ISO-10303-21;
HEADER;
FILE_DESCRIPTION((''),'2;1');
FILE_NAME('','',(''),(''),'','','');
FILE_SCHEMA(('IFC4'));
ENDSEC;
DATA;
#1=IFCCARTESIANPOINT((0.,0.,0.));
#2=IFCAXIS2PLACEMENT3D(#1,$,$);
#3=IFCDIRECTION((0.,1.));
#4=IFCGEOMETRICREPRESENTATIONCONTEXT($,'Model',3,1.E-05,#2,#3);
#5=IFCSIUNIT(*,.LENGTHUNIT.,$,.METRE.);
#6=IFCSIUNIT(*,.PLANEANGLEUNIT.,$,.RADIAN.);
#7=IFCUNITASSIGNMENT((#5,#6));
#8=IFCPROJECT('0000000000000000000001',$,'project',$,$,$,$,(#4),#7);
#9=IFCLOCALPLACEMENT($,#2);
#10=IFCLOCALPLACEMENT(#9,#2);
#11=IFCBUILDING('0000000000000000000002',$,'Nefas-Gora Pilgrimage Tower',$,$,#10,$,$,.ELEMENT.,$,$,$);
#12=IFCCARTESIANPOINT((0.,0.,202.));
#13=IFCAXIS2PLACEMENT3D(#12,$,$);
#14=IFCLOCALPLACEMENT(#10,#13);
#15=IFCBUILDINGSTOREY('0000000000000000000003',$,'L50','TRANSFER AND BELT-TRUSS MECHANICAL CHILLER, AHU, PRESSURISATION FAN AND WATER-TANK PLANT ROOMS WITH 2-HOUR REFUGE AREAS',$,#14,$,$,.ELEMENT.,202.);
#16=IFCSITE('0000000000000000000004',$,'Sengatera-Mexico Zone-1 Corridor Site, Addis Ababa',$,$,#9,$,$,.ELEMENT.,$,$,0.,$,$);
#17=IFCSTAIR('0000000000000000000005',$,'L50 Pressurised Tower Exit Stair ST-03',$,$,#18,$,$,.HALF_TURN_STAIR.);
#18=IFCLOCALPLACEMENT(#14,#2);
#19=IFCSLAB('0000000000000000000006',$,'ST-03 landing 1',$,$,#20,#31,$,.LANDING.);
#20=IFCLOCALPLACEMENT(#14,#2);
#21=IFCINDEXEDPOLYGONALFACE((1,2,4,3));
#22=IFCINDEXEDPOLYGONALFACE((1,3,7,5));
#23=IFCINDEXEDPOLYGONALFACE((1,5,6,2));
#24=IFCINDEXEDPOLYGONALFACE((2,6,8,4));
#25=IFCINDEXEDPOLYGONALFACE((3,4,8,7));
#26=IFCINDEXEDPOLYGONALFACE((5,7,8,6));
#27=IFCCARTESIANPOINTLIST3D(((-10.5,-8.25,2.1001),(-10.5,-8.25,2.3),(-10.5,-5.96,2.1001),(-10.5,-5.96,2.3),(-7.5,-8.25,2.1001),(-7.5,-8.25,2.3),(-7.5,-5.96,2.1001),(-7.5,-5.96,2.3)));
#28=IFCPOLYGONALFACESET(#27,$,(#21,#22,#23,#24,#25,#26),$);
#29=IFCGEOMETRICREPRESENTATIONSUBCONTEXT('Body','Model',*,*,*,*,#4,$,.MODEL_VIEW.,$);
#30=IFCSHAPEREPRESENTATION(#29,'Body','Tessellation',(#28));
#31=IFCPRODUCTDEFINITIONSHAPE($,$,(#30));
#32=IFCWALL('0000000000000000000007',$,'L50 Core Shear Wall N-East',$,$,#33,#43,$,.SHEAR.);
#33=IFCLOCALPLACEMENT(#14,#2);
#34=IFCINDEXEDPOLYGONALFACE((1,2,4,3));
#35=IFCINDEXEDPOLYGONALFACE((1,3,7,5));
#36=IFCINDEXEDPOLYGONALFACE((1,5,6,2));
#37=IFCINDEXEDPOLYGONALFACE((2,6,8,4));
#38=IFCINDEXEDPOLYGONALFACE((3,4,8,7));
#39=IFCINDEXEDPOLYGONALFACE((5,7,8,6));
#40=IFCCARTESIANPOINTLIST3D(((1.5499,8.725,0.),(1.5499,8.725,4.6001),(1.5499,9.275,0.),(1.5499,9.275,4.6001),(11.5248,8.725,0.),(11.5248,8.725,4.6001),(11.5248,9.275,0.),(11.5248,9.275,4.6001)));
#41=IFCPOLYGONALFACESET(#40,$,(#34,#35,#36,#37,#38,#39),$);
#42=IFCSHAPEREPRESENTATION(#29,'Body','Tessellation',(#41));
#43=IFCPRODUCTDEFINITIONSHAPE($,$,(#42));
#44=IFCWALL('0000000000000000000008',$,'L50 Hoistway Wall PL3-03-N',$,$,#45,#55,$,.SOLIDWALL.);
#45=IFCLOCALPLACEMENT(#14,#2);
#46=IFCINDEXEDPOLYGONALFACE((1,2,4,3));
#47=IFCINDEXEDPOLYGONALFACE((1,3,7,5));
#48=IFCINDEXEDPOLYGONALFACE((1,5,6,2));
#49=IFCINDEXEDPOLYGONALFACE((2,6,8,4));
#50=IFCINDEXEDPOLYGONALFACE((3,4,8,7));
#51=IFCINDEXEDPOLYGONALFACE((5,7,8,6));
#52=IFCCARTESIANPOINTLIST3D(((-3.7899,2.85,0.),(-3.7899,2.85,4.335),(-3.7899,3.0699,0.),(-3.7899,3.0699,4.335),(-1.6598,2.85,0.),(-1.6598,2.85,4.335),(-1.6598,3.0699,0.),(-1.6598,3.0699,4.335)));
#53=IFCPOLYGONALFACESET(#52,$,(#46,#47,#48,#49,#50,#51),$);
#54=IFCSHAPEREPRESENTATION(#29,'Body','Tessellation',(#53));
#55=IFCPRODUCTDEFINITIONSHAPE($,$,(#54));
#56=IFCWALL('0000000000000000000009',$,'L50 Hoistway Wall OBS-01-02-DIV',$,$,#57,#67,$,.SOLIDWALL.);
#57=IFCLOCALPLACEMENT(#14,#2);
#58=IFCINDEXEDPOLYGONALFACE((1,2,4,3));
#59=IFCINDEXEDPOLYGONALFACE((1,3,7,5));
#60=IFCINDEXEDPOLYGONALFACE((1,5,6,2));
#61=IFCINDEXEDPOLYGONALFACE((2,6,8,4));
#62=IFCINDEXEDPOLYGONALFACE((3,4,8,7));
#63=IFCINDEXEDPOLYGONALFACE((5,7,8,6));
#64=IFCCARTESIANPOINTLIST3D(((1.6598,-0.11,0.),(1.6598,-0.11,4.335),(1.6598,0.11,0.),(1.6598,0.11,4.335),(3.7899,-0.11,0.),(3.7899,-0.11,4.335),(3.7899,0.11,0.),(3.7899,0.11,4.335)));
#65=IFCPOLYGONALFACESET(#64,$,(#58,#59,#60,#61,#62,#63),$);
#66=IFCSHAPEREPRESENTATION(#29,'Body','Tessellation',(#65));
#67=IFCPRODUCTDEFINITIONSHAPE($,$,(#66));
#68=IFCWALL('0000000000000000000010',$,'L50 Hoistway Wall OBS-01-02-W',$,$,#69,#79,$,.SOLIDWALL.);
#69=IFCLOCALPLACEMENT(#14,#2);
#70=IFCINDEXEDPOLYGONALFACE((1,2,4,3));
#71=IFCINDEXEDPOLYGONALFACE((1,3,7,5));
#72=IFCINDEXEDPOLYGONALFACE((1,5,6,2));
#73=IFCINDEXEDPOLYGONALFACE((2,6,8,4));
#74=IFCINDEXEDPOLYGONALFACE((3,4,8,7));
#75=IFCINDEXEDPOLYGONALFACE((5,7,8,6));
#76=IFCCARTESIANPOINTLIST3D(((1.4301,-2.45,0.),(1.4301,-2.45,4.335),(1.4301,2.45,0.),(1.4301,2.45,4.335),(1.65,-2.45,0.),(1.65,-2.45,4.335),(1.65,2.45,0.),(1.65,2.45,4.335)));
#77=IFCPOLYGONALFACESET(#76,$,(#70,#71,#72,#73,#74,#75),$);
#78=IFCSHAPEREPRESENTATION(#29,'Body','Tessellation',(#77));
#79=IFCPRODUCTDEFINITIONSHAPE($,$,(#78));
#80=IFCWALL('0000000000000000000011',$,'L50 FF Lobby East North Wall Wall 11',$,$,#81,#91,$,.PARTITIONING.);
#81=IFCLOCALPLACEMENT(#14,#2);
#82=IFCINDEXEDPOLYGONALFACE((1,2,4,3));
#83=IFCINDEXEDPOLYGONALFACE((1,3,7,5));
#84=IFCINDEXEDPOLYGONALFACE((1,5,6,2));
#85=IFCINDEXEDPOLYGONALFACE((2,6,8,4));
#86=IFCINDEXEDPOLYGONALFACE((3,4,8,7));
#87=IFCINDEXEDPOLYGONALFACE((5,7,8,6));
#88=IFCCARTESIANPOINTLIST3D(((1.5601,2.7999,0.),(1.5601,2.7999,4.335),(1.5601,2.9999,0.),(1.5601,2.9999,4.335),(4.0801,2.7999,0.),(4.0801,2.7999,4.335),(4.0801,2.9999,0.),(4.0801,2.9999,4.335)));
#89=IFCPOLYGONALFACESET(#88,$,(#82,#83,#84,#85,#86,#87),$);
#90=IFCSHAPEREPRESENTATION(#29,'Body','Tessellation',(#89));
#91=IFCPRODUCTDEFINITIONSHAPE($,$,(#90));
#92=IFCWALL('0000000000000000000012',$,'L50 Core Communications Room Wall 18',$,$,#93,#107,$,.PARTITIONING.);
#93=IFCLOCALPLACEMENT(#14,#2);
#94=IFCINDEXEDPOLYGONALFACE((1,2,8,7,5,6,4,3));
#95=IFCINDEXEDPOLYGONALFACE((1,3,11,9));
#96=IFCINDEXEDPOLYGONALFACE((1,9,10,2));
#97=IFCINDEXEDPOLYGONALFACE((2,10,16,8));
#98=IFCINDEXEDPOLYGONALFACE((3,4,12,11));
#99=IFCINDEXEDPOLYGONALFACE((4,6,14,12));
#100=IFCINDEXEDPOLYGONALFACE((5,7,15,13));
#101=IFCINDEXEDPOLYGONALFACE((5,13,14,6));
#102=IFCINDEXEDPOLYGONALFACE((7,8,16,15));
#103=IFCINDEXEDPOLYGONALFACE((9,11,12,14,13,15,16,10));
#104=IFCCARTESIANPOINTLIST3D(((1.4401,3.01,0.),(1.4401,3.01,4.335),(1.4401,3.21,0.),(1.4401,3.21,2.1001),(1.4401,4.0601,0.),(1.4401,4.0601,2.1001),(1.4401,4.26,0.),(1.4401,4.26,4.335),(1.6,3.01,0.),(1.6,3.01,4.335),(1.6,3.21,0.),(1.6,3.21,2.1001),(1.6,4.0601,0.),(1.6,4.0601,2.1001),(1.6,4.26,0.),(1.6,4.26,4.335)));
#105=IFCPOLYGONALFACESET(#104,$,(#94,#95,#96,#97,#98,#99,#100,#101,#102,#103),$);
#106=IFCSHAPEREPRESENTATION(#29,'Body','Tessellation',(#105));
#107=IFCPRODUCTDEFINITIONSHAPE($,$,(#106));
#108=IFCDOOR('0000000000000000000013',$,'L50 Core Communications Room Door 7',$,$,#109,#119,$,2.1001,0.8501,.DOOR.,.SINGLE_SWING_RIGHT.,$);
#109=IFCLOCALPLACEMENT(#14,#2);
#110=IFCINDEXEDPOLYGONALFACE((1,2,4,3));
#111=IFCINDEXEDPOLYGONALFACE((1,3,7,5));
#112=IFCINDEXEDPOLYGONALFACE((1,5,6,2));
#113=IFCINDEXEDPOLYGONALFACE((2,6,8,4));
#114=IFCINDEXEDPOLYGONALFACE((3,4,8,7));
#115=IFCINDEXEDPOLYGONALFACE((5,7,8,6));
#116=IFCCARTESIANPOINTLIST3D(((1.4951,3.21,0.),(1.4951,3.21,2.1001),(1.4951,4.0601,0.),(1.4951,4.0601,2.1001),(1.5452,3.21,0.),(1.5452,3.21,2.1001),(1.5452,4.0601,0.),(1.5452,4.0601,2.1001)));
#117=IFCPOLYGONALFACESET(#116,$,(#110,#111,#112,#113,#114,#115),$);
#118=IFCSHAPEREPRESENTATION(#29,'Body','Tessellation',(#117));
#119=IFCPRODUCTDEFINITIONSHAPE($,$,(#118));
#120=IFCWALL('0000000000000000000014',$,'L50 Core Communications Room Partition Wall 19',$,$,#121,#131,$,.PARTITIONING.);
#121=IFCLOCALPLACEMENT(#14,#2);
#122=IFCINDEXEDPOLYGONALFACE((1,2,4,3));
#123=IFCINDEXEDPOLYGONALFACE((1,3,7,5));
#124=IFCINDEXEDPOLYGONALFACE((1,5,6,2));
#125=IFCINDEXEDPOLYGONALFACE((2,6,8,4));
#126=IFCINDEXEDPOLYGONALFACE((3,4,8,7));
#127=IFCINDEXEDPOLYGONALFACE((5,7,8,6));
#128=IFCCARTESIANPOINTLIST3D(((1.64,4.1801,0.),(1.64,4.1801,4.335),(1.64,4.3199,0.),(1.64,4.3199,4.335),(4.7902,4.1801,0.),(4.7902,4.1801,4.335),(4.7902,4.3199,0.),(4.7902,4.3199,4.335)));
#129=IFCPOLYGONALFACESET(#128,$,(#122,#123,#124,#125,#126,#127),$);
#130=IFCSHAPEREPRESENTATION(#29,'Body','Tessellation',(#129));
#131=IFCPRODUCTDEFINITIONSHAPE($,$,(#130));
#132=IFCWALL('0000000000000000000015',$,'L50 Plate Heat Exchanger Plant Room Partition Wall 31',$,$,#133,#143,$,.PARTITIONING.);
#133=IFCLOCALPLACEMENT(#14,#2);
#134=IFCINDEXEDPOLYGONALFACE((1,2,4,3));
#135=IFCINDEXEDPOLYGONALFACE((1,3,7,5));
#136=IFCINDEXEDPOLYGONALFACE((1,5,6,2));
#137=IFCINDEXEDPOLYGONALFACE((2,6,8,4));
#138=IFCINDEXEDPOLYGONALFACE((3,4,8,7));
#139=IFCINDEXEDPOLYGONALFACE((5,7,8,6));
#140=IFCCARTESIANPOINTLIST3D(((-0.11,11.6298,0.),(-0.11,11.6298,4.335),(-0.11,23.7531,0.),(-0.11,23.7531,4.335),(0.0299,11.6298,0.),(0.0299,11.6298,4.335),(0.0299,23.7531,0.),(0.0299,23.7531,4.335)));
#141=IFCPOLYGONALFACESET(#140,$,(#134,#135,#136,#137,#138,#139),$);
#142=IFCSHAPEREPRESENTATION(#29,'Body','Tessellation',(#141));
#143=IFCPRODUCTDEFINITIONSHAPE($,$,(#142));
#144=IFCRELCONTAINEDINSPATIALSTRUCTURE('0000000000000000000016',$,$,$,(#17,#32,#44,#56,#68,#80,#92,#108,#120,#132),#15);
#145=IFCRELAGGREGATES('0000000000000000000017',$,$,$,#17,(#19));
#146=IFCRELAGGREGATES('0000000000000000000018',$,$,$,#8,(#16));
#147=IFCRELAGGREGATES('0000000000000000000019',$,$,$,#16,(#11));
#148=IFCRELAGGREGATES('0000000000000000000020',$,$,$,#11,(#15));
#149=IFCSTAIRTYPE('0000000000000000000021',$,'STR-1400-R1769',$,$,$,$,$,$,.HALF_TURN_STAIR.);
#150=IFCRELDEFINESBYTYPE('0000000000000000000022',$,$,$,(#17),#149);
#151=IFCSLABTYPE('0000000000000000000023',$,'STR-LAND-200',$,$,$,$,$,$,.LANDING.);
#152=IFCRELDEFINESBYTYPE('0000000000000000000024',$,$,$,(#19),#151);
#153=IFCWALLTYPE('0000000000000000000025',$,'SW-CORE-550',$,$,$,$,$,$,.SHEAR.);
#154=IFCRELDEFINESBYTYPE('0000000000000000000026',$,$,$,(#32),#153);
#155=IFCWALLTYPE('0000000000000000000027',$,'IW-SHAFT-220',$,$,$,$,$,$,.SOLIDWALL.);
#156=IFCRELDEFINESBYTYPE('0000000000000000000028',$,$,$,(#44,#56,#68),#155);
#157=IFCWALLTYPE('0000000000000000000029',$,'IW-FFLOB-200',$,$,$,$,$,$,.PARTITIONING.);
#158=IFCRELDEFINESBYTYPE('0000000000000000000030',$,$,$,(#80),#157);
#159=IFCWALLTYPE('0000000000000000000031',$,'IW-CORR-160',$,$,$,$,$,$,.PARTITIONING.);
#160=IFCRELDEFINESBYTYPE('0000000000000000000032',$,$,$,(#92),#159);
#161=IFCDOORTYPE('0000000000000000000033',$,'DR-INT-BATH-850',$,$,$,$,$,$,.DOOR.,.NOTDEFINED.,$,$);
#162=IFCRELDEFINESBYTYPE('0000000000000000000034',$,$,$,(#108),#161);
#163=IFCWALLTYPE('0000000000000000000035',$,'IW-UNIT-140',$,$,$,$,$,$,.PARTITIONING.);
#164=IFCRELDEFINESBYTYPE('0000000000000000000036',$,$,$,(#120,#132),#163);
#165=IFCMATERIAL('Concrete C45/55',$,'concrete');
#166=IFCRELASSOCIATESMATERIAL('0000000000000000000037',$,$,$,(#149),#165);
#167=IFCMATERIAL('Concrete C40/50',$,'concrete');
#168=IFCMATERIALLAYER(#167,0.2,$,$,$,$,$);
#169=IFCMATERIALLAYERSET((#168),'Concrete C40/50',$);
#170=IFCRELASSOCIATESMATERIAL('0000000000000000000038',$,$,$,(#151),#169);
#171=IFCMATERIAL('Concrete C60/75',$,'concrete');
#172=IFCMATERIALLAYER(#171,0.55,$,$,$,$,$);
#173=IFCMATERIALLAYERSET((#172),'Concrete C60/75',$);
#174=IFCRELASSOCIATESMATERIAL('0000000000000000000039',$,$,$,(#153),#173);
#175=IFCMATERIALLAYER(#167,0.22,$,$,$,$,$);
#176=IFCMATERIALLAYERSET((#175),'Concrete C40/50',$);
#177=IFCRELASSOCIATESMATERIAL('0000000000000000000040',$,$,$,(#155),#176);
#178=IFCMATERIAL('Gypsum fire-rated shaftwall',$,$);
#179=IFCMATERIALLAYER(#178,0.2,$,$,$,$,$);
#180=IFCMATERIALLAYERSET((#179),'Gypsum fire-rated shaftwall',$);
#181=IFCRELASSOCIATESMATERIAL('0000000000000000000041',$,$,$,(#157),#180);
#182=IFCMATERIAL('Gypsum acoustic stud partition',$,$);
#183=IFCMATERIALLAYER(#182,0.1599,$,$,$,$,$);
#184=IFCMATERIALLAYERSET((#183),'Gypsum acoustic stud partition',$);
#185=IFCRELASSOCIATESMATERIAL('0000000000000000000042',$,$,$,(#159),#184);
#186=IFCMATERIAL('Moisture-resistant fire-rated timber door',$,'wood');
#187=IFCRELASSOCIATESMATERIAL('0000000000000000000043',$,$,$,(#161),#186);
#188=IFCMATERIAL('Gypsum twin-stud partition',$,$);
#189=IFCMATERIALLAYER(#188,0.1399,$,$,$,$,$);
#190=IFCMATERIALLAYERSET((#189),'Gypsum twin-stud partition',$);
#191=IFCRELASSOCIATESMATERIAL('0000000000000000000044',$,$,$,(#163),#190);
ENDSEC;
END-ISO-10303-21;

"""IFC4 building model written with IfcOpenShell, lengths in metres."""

from ifc_helpers import new_model, si_unit, direction, frame, frame_2d, origin, place, context, subcontext, project, spatial, polyline, rectangle, outline, extrude, source, transform, mapped, material, layer, layer_set, type_object, element, fill, aggregate, save


model = new_model("IFC4")

# Units and contexts
model_context = context("Model", 3, precision=1e-05, world=origin(), true_north=direction((0.0, 1.0)))
body_context = subcontext(model_context, "Body", "Model", "MODEL_VIEW")
ifc_project = project(units=[si_unit("LENGTHUNIT", "METRE"), si_unit("PLANEANGLEUNIT", "RADIAN")], contexts=[model_context])

# Site, building, storey
site_placement = place(None, origin())
site = spatial("IfcSite", under=ifc_project, at=site_placement, Name="Sengatera-Mexico Zone-1 Corridor Site, Addis Ababa", CompositionType="ELEMENT", RefElevation=0.0)
building_placement = place(site_placement, origin())
building = spatial("IfcBuilding", under=site, at=building_placement, Name="Nefas-Gora Pilgrimage Tower", CompositionType="ELEMENT")
storey_placement = place(building_placement, frame((0.0, 0.0, 202.0)))
storey = spatial("IfcBuildingStorey", under=building, at=storey_placement, Name="L50", Description="TRANSFER AND BELT-TRUSS MECHANICAL CHILLER, AHU, PRESSURISATION FAN AND WATER-TANK PLANT ROOMS WITH 2-HOUR REFUGE AREAS", CompositionType="ELEMENT", Elevation=202.0)

# Shared definitions
ifc_material_1 = material(Name="Concrete C60/75", Category="concrete")

# Shared definitions
ifc_material_2 = material(Name="Concrete C45/55", Category="concrete")

# Stair, slab
stair_type = type_object("IfcStairType", Name="STR-1400-R1769", PredefinedType="HALF_TURN_STAIR", material=ifc_material_2)
ifc_material_3 = material(Name="Concrete C40/50", Category="concrete")
ifc_layer_1 = layer(ifc_material_3, 0.2)
ifc_layer_set_1 = layer_set([ifc_layer_1], Name="Concrete C40/50")
slab_type_1 = type_object("IfcSlabType", Name="STR-LAND-200", PredefinedType="LANDING", material=ifc_layer_set_1)
stair_1_placement = place(storey_placement, origin())
stair_1 = element("IfcStair", 1, at=stair_1_placement, inside=storey, type_object=stair_type, Name="L50 Pressurised Tower Exit Stair ST-03", PredefinedType="HALF_TURN_STAIR")
slab_1_placement = place(storey_placement, frame((0.0, 0.0, 2.1001)))
slab_1 = element("IfcSlab", 2, at=slab_1_placement, type_object=slab_type_1, Name="ST-03 landing 1", PredefinedType="LANDING", context=body_context, shape_type="SweptSolid", body=[
    extrude(outline(polyline([(-10.5, -5.96), (-10.5, -8.25), (-7.5, -8.25), (-7.5, -5.96), (-10.5, -5.96)])), origin(), (0.0, 0.0, 1.0), 0.2),
])
aggregate(stair_1, [slab_1])

# Walls
ifc_layer_2 = layer(ifc_material_1, 0.55)
ifc_layer_set_2 = layer_set([ifc_layer_2], Name="Concrete C60/75")
wall_type_1 = type_object("IfcWallType", Name="SW-CORE-550", PredefinedType="SHEAR", material=ifc_layer_set_2)
shared_shape_1 = source(origin(), body_context, "Body", "SweptSolid", [
    extrude(rectangle(XDim=9.9749, YDim=0.55, at=frame_2d((4.9873, 0.0))), origin(), (0.0, 0.0, 1.0), 4.6001),
])
wall_1_placement = place(storey_placement, frame((1.55, 9.0, 0.0), z_axis=(0.0, 0.0, 1.0), x_axis=(1.0, 0.0, 0.0)))
element("IfcWall", 3, at=wall_1_placement, inside=storey, type_object=wall_type_1, Name="L50 Core Shear Wall N-East", PredefinedType="SHEAR", context=body_context, shape_type="MappedRepresentation", body=[
    mapped(shared_shape_1, transform((0.0, 0.0, 0.0), x_axis=(1.0, 0.0, 0.0), y_axis=(0.0, 1.0, 0.0), z_axis=(0.0, 0.0, 1.0), scale=1.0)),
])
ifc_layer_3 = layer(ifc_material_3, 0.22)
ifc_layer_set_3 = layer_set([ifc_layer_3], Name="Concrete C40/50")
wall_type_2 = type_object("IfcWallType", Name="IW-SHAFT-220", PredefinedType="SOLIDWALL", material=ifc_layer_set_3)
shared_shape_2 = source(origin(), body_context, "Body", "SweptSolid", [
    extrude(rectangle(XDim=2.1301, YDim=0.22, at=frame_2d((1.0649, 0.0))), origin(), (0.0, 0.0, 1.0), 4.335),
])
for number, where, z_axis, x_axis, name in (
    (4, (-1.6599, 2.96, 0.0), (0.0, 0.0, 1.0), (-1.0, 0.0, 0.0), "L50 Hoistway Wall PL3-03-N"),
    (5, (1.6599, 0.0, 0.0), (0.0, 0.0, 1.0), (1.0, 0.0, 0.0), "L50 Hoistway Wall OBS-01-02-DIV"),
):
    element("IfcWall", number, at=place(storey_placement, frame(where, z_axis=z_axis, x_axis=x_axis)), inside=storey, type_object=wall_type_2, Name=name, PredefinedType="SOLIDWALL", context=body_context, shape_type="MappedRepresentation", body=[
        mapped(shared_shape_2, transform((0.0, 0.0, 0.0), x_axis=(1.0, 0.0, 0.0), y_axis=(0.0, 1.0, 0.0), z_axis=(0.0, 0.0, 1.0), scale=1.0)),
    ])
shared_shape_3 = source(origin(), body_context, "Body", "SweptSolid", [
    extrude(rectangle(XDim=4.8999, YDim=0.22, at=frame_2d((2.45, 0.0))), origin(), (0.0, 0.0, 1.0), 4.335),
])
wall_2_placement = place(storey_placement, frame((1.54, 2.45, 0.0), z_axis=(0.0, 0.0, 1.0), x_axis=(0.0, -1.0, 0.0)))
element("IfcWall", 6, at=wall_2_placement, inside=storey, type_object=wall_type_2, Name="L50 Hoistway Wall OBS-01-02-W", PredefinedType="SOLIDWALL", context=body_context, shape_type="MappedRepresentation", body=[
    mapped(shared_shape_3, transform((0.0, 0.0, 0.0), x_axis=(1.0, 0.0, 0.0), y_axis=(0.0, 1.0, 0.0), z_axis=(0.0, 0.0, 1.0), scale=1.0)),
])
ifc_material_4 = material(Name="Gypsum fire-rated shaftwall")
ifc_layer_4 = layer(ifc_material_4, 0.2)
ifc_layer_set_4 = layer_set([ifc_layer_4], Name="Gypsum fire-rated shaftwall")
wall_type_3 = type_object("IfcWallType", Name="IW-FFLOB-200", PredefinedType="PARTITIONING", material=ifc_layer_set_4)
shared_shape_4 = source(origin(), body_context, "Body", "SweptSolid", [
    extrude(rectangle(XDim=2.52, YDim=0.2, at=frame_2d((1.26, 0.0))), origin(), (0.0, 0.0, 1.0), 4.335),
])
wall_3_placement = place(storey_placement, frame((1.5601, 2.8999, 0.0), z_axis=(0.0, 0.0, 1.0), x_axis=(1.0, 0.0, 0.0)))
element("IfcWall", 7, at=wall_3_placement, inside=storey, type_object=wall_type_3, Name="L50 FF Lobby East North Wall Wall 11", PredefinedType="PARTITIONING", context=body_context, shape_type="MappedRepresentation", body=[
    mapped(shared_shape_4, transform((0.0, 0.0, 0.0), x_axis=(1.0, 0.0, 0.0), y_axis=(0.0, 1.0, 0.0), z_axis=(0.0, 0.0, 1.0), scale=1.0)),
])

# Wall, opening, door
ifc_material_5 = material(Name="Gypsum acoustic stud partition")
ifc_layer_5 = layer(ifc_material_5, 0.1599)
ifc_layer_set_5 = layer_set([ifc_layer_5], Name="Gypsum acoustic stud partition")
wall_type_4 = type_object("IfcWallType", Name="IW-CORR-160", PredefinedType="PARTITIONING", material=ifc_layer_set_5)
shared_shape_5 = source(origin(), body_context, "Body", "SweptSolid", [
    extrude(rectangle(XDim=1.25, YDim=0.1599, at=frame_2d((0.625, 0.0))), origin(), (0.0, 0.0, 1.0), 4.335),
])
wall_4_placement = place(storey_placement, frame((1.52, 3.01, 0.0), z_axis=(0.0, 0.0, 1.0), x_axis=(0.0, 1.0, 0.0)))
wall_4 = element("IfcWall", 8, at=wall_4_placement, inside=storey, type_object=wall_type_4, Name="L50 Core Communications Room Wall 18", PredefinedType="PARTITIONING", context=body_context, shape_type="MappedRepresentation", body=[
    mapped(shared_shape_5, transform((0.0, 0.0, 0.0), x_axis=(1.0, 0.0, 0.0), y_axis=(0.0, 1.0, 0.0), z_axis=(0.0, 0.0, 1.0), scale=1.0)),
])
opening_1_placement = place(wall_4_placement, frame((0.2, 0.0, 0.0)))
opening_1 = element("IfcOpeningElement", 9, at=opening_1_placement, cuts=wall_4, PredefinedType="OPENING", context=body_context, shape_type="SweptSolid", body=[
    extrude(rectangle(XDim=0.8501, YDim=2.1001, at=frame_2d((0.425, 1.05))), frame((0.0, 0.0898, 0.0), z_axis=(0.0, -1.0, 0.0), x_axis=(1.0, 0.0, 0.0)), (0.0, 0.0, 1.0), 0.1799),
])
ifc_material_6 = material(Name="Moisture-resistant fire-rated timber door", Category="wood")
door_type_1 = type_object("IfcDoorType", Name="DR-INT-BATH-850", OperationType="NOTDEFINED", PredefinedType="DOOR", material=ifc_material_6)
shared_shape_6 = source(origin(), body_context, "Body", "SweptSolid", [
    extrude(rectangle(XDim=0.8501, YDim=2.1001, at=frame_2d((0.425, 1.05))), frame((0.0, 0.0249, 0.0), z_axis=(0.0, -1.0, 0.0), x_axis=(1.0, 0.0, 0.0)), (0.0, 0.0, 1.0), 0.05),
])
door_1_placement = place(opening_1_placement, origin())
door_1 = element("IfcDoor", 10, at=door_1_placement, inside=storey, type_object=door_type_1, Name="L50 Core Communications Room Door 7", OperationType="SINGLE_SWING_RIGHT", OverallHeight=2.1001, OverallWidth=0.8501, PredefinedType="DOOR", context=body_context, shape_type="MappedRepresentation", body=[
    mapped(shared_shape_6, transform((0.0, 0.0, 0.0), x_axis=(1.0, 0.0, 0.0), y_axis=(0.0, 1.0, 0.0), z_axis=(0.0, 0.0, 1.0), scale=1.0)),
])
fill(opening_1, door_1)

# Wall
ifc_material_7 = material(Name="Gypsum twin-stud partition")
ifc_layer_6 = layer(ifc_material_7, 0.1399)
ifc_layer_set_6 = layer_set([ifc_layer_6], Name="Gypsum twin-stud partition")
wall_type_5 = type_object("IfcWallType", Name="IW-UNIT-140", PredefinedType="PARTITIONING", material=ifc_layer_set_6)
shared_shape_7 = source(origin(), body_context, "Body", "SweptSolid", [
    extrude(rectangle(XDim=3.1501, YDim=0.1399, at=frame_2d((1.5752, 0.0))), origin(), (0.0, 0.0, 1.0), 4.335),
])
wall_5_placement = place(storey_placement, frame((1.6399, 4.25, 0.0), z_axis=(0.0, 0.0, 1.0), x_axis=(1.0, 0.0, 0.0)))
element("IfcWall", 11, at=wall_5_placement, inside=storey, type_object=wall_type_5, Name="L50 Core Communications Room Partition Wall 19", PredefinedType="PARTITIONING", context=body_context, shape_type="MappedRepresentation", body=[
    mapped(shared_shape_7, transform((0.0, 0.0, 0.0), x_axis=(1.0, 0.0, 0.0), y_axis=(0.0, 1.0, 0.0), z_axis=(0.0, 0.0, 1.0), scale=1.0)),
])

# Wall
shared_shape_8 = source(origin(), body_context, "Body", "SweptSolid", [
    extrude(rectangle(XDim=12.1233, YDim=0.1399, at=frame_2d((6.0615, 0.0))), origin(), (0.0, 0.0, 1.0), 4.335),
])
wall_6_placement = place(storey_placement, frame((-0.04, 11.6299, 0.0), z_axis=(0.0, 0.0, 1.0), x_axis=(0.0, 1.0, 0.0)))
element("IfcWall", 12, at=wall_6_placement, inside=storey, type_object=wall_type_5, Name="L50 Plate Heat Exchanger Plant Room Partition Wall 31", PredefinedType="PARTITIONING", context=body_context, shape_type="MappedRepresentation", body=[
    mapped(shared_shape_8, transform((0.0, 0.0, 0.0), x_axis=(1.0, 0.0, 0.0), y_axis=(0.0, 1.0, 0.0), z_axis=(0.0, 0.0, 1.0), scale=1.0)),
])

save(model, "model.ifc")
